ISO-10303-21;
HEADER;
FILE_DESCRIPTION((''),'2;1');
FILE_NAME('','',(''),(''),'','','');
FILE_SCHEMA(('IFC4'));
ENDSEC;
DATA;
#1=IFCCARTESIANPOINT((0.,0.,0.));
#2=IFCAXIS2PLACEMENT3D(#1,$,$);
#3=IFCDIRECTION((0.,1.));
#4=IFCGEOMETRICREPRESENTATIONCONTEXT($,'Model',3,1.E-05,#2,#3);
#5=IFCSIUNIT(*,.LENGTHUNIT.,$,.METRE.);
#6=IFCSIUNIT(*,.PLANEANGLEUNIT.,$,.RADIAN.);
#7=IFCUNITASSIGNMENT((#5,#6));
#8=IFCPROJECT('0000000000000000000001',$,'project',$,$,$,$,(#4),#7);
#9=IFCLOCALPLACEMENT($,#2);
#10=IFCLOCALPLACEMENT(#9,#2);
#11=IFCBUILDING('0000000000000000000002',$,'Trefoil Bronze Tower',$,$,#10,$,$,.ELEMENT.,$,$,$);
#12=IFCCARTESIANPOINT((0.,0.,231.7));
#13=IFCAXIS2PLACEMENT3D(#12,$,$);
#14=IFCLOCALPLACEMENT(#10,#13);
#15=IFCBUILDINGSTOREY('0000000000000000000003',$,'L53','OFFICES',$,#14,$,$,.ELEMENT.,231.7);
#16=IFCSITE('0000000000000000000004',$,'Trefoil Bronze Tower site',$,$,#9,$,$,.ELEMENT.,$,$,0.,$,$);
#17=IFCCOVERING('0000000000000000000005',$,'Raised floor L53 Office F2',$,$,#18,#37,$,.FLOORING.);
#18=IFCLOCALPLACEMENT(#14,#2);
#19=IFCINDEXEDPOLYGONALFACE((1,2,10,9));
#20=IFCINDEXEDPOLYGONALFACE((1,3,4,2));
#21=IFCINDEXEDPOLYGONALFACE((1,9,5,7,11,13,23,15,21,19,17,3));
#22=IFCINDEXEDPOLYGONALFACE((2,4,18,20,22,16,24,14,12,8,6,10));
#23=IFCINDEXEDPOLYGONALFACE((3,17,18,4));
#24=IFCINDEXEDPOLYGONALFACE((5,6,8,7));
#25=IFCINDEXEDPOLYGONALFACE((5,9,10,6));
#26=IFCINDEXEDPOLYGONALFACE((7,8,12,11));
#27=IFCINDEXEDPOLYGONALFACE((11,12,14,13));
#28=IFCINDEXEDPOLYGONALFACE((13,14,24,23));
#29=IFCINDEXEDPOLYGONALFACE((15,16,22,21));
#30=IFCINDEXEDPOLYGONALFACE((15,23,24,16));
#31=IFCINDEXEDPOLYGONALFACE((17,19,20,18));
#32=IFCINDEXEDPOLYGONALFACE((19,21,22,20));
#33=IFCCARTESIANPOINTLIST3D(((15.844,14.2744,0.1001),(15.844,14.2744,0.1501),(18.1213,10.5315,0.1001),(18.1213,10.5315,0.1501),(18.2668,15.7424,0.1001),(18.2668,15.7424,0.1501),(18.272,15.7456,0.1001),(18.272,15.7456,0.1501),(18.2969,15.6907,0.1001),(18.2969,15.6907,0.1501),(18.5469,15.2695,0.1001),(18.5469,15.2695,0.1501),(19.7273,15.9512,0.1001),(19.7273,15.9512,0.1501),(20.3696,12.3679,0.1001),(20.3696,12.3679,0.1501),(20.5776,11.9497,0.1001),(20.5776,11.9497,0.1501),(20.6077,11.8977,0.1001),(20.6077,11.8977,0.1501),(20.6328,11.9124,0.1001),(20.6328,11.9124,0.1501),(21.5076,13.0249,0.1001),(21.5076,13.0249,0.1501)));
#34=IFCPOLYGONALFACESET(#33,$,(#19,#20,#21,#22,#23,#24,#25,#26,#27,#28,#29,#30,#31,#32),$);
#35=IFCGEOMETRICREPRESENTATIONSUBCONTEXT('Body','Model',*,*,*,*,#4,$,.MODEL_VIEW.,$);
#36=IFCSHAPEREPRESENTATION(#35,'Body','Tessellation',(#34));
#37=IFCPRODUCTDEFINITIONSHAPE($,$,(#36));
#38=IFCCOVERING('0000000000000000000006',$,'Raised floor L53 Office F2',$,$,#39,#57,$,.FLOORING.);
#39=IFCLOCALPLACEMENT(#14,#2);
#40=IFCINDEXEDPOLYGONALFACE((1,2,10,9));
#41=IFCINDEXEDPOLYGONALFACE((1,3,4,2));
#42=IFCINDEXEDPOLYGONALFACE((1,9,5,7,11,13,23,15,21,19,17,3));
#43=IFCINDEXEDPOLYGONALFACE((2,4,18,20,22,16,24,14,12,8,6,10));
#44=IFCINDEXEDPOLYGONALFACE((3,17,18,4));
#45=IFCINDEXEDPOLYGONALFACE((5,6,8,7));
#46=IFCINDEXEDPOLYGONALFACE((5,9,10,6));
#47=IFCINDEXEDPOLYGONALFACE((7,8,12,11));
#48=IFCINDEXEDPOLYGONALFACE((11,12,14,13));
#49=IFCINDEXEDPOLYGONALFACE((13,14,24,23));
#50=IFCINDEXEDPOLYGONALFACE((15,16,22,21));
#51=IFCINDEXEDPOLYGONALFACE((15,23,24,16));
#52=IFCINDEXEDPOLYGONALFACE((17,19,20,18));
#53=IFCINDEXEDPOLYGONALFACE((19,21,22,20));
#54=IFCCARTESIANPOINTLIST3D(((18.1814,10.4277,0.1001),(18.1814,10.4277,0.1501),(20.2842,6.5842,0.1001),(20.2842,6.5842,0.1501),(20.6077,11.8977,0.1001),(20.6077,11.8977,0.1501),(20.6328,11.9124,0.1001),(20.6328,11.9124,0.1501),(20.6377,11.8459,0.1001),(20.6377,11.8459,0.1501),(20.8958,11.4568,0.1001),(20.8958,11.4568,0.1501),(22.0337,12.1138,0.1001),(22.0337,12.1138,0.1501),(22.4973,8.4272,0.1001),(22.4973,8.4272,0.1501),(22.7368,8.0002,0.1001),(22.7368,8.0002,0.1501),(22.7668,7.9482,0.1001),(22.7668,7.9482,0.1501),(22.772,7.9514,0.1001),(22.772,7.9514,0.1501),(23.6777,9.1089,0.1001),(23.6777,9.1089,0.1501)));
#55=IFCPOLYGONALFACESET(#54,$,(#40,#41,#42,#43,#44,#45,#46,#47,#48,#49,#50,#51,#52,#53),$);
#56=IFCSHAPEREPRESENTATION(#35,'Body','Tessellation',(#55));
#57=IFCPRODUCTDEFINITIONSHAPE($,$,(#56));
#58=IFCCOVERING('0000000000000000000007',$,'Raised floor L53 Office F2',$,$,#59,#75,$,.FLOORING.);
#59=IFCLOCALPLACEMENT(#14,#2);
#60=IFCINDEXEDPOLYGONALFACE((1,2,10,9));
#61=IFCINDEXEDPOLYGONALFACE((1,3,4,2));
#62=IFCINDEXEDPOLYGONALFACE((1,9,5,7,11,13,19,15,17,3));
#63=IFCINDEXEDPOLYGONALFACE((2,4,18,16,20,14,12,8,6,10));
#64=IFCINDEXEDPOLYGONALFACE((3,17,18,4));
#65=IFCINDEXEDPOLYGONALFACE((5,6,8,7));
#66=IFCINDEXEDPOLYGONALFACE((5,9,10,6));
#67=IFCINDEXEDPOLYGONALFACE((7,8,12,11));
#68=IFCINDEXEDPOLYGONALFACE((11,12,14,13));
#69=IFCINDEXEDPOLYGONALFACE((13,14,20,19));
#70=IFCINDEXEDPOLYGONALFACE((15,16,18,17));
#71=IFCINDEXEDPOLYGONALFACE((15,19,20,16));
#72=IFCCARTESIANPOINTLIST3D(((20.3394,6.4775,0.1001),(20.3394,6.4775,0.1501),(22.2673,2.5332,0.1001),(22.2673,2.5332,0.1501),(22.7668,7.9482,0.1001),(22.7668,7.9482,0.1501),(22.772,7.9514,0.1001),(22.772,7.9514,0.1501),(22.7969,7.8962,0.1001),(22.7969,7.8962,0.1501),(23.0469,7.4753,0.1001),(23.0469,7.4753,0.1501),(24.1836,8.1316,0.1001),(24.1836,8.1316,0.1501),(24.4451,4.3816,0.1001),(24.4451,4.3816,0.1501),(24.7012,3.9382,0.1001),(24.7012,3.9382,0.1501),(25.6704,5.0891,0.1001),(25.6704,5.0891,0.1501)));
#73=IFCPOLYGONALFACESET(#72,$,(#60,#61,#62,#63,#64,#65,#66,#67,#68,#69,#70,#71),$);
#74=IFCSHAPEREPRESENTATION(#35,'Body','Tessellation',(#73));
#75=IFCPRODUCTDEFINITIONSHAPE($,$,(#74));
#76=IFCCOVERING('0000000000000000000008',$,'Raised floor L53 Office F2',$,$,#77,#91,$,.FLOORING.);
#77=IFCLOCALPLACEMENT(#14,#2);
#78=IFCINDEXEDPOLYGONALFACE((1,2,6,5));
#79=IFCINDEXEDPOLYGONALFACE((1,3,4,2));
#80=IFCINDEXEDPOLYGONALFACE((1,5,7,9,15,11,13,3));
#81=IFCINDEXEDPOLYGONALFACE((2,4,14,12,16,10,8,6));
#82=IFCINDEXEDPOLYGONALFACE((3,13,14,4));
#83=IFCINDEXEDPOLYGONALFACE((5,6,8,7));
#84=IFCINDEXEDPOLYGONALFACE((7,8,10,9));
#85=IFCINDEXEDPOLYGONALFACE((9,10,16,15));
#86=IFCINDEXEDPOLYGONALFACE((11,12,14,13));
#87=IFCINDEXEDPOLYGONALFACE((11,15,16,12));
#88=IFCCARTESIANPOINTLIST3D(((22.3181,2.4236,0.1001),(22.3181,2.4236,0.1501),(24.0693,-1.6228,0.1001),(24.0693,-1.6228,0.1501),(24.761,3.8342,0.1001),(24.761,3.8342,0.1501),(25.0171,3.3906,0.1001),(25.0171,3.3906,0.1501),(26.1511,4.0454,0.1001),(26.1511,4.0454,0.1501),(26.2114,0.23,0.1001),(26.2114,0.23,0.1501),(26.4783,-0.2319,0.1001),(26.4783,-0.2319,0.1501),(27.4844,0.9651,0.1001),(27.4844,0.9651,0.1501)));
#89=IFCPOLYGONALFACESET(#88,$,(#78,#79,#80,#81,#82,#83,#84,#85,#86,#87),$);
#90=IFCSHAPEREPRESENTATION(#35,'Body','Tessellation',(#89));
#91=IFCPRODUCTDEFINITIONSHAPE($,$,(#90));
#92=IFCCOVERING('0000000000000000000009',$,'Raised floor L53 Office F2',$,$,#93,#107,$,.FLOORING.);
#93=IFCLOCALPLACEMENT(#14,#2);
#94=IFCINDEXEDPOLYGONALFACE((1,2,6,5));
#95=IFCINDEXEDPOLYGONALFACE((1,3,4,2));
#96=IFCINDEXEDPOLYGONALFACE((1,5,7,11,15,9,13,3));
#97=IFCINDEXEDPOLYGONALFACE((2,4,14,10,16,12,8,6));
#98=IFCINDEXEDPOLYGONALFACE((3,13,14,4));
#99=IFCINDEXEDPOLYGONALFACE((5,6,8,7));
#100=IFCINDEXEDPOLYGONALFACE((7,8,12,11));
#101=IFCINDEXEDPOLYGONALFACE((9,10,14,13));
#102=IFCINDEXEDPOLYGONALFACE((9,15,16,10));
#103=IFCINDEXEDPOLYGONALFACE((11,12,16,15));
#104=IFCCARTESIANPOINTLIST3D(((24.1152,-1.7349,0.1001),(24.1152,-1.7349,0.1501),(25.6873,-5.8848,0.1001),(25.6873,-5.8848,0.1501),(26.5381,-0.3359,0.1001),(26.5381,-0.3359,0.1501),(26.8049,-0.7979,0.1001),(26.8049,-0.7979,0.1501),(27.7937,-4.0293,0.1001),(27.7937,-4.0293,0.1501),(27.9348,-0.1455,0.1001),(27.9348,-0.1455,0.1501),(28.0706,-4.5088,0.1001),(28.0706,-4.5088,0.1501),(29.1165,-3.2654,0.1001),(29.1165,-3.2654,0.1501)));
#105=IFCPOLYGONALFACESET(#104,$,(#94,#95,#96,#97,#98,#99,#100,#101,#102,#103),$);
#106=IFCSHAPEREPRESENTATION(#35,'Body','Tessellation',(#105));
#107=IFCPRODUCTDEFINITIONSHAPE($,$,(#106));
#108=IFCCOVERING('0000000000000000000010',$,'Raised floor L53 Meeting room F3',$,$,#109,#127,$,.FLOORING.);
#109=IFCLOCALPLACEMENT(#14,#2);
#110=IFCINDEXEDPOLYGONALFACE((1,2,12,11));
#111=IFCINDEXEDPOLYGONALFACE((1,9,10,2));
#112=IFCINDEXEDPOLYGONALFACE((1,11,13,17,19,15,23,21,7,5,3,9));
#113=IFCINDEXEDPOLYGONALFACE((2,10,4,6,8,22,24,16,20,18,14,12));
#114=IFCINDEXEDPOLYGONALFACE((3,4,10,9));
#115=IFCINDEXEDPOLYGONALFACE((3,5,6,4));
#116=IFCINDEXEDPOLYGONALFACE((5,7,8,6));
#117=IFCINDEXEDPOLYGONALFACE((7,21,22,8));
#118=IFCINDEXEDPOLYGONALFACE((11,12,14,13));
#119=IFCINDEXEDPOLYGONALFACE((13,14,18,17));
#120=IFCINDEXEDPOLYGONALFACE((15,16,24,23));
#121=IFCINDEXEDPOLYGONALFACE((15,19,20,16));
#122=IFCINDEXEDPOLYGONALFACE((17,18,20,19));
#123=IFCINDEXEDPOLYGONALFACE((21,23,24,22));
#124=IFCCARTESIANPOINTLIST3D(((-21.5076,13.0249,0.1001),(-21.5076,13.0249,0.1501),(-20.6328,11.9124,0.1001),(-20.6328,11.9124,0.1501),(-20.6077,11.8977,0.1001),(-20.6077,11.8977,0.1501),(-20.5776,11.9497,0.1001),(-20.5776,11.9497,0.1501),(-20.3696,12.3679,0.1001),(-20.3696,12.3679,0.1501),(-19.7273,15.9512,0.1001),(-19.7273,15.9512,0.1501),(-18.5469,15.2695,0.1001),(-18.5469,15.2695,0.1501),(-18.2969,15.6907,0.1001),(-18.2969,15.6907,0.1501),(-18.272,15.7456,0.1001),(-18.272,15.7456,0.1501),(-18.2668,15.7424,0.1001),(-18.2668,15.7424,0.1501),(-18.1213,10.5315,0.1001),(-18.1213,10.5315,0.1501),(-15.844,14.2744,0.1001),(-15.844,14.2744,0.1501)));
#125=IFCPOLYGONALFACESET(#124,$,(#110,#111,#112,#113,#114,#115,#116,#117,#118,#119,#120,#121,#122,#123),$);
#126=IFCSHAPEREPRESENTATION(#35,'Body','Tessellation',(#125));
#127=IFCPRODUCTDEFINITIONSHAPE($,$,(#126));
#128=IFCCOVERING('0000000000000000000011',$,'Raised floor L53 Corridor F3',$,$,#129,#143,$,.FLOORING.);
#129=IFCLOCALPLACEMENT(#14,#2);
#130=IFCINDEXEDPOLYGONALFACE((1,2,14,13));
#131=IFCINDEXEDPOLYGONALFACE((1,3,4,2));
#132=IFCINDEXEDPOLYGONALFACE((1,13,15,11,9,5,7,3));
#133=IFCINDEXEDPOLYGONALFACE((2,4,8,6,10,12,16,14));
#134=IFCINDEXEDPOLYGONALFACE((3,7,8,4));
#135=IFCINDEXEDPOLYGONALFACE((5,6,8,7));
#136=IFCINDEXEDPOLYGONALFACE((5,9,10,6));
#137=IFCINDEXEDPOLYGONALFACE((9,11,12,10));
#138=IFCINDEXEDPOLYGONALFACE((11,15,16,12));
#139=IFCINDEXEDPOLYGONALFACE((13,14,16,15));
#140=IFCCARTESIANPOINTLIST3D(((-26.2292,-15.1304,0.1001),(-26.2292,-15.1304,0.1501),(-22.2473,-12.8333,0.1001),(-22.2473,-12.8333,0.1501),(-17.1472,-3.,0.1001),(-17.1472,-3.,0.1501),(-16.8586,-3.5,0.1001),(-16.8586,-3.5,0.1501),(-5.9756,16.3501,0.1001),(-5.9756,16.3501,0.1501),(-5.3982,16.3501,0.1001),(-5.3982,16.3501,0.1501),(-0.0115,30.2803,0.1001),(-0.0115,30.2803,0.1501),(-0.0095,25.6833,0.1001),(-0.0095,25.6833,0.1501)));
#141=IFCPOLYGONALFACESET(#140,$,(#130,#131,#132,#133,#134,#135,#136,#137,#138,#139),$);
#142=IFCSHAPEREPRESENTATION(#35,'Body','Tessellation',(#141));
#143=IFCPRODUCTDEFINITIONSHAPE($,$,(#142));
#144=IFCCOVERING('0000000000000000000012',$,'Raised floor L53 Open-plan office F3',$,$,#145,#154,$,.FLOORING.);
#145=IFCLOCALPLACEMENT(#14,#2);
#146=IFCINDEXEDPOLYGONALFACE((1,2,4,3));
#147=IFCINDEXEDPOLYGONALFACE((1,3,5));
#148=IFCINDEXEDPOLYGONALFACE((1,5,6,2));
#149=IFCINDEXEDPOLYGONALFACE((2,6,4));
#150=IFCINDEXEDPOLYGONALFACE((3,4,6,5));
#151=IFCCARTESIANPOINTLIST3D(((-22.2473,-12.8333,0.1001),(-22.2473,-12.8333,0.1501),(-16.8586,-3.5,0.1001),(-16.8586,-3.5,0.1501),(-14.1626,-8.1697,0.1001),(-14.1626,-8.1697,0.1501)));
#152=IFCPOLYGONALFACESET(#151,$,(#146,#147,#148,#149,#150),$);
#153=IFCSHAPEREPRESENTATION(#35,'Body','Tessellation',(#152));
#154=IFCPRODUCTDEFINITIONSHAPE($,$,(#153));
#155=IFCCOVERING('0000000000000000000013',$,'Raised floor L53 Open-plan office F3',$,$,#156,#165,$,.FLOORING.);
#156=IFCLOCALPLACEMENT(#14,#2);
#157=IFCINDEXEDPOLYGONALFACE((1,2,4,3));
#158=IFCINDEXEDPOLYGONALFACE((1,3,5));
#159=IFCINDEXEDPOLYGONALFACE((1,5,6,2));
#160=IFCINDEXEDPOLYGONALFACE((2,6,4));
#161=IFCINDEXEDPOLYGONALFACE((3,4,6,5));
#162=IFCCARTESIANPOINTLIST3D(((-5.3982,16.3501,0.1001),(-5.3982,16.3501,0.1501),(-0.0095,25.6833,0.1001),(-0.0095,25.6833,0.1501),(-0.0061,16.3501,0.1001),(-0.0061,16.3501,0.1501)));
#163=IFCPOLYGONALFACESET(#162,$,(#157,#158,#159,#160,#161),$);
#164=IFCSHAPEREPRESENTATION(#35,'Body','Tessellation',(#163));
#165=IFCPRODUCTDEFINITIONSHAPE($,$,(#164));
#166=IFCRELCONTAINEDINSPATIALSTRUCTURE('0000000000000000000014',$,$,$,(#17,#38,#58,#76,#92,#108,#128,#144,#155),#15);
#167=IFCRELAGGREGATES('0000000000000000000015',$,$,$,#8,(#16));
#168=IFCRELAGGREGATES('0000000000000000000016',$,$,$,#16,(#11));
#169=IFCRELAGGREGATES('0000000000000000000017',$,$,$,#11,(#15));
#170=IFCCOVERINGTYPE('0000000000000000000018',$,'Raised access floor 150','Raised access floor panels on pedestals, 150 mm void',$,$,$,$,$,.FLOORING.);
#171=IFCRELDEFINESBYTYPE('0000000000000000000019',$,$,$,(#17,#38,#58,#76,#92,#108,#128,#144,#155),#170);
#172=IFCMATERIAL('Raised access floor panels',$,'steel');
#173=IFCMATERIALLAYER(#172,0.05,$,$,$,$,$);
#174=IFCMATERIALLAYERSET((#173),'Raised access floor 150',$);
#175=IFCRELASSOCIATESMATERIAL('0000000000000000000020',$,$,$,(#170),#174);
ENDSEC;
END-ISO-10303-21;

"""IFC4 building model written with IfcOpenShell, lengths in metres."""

from ifc_helpers import new_model, si_unit, direction, frame, origin, place, context, subcontext, project, spatial, polyline, outline, extrude, material, layer, layer_set, type_object, element, save


model = new_model("IFC4")

# Units and contexts
model_context = context("Model", 3, precision=1e-05, world=origin(), true_north=direction((0.0, 1.0)))
body_context = subcontext(model_context, "Body", "Model", "MODEL_VIEW")
ifc_project = project(units=[si_unit("LENGTHUNIT", "METRE"), si_unit("PLANEANGLEUNIT", "RADIAN")], contexts=[model_context])

# Site, building, storey
site_placement = place(None, origin())
site = spatial("IfcSite", under=ifc_project, at=site_placement, Name="Trefoil Bronze Tower site", CompositionType="ELEMENT", RefElevation=0.0)
building_placement = place(site_placement, origin())
building = spatial("IfcBuilding", under=site, at=building_placement, Name="Trefoil Bronze Tower", CompositionType="ELEMENT")
storey_placement = place(building_placement, frame((0.0, 0.0, 231.7)))
storey = spatial("IfcBuildingStorey", under=building, at=storey_placement, Name="L53", Description="OFFICES", CompositionType="ELEMENT", Elevation=231.7)

# Coverings
ifc_material_1 = material(Name="Raised access floor panels", Category="steel")
ifc_layer_1 = layer(ifc_material_1, 0.05)
ifc_layer_set_1 = layer_set([ifc_layer_1], Name="Raised access floor 150")
covering_type_1 = type_object("IfcCoveringType", Name="Raised access floor 150", Description="Raised access floor panels on pedestals, 150 mm void", PredefinedType="FLOORING", material=ifc_layer_set_1)
covering_1_placement = place(storey_placement, frame((0.0, 0.0, 0.1001)))
element("IfcCovering", 1, at=covering_1_placement, inside=storey, type_object=covering_type_1, Name="Raised floor L53 Office F2", PredefinedType="FLOORING", context=body_context, shape_type="SweptSolid", body=[
    extrude(outline(polyline([(20.6077, 11.8977), (20.5776, 11.9497), (18.1213, 10.5315), (15.844, 14.2744), (18.2969, 15.6907), (18.2668, 15.7424), (18.272, 15.7456), (18.5469, 15.2695), (19.7273, 15.9512), (21.5076, 13.0249), (20.3696, 12.3679), (20.6328, 11.9124), (20.6077, 11.8977)])), origin(), (0.0, 0.0, 1.0), 0.05),
])
covering_2_placement = place(storey_placement, frame((0.0, 0.0, 0.1001)))
element("IfcCovering", 2, at=covering_2_placement, inside=storey, type_object=covering_type_1, Name="Raised floor L53 Office F2", PredefinedType="FLOORING", context=body_context, shape_type="SweptSolid", body=[
    extrude(outline(polyline([(22.7668, 7.9482), (22.7368, 8.0002), (20.2842, 6.5842), (18.1814, 10.4277), (20.6377, 11.8459), (20.6077, 11.8977), (20.6328, 11.9124), (20.8958, 11.4568), (22.0337, 12.1138), (23.6777, 9.1089), (22.4973, 8.4272), (22.772, 7.9514), (22.7668, 7.9482)])), origin(), (0.0, 0.0, 1.0), 0.05),
])
covering_3_placement = place(storey_placement, frame((0.0, 0.0, 0.1001)))
element("IfcCovering", 3, at=covering_3_placement, inside=storey, type_object=covering_type_1, Name="Raised floor L53 Office F2", PredefinedType="FLOORING", context=body_context, shape_type="SweptSolid", body=[
    extrude(outline(polyline([(24.7012, 3.9382), (22.2673, 2.5332), (20.3394, 6.4775), (22.7969, 7.8962), (22.7668, 7.9482), (22.772, 7.9514), (23.0469, 7.4753), (24.1836, 8.1316), (25.6704, 5.0891), (24.4451, 4.3816), (24.7012, 3.9382)])), origin(), (0.0, 0.0, 1.0), 0.05),
])
covering_4_placement = place(storey_placement, frame((0.0, 0.0, 0.1001)))
element("IfcCovering", 4, at=covering_4_placement, inside=storey, type_object=covering_type_1, Name="Raised floor L53 Office F2", PredefinedType="FLOORING", context=body_context, shape_type="SweptSolid", body=[
    extrude(outline(polyline([(26.4783, -0.2319), (24.0693, -1.6228), (22.3181, 2.4236), (24.761, 3.8342), (25.0171, 3.3906), (26.1511, 4.0454), (27.4844, 0.9651), (26.2114, 0.23), (26.4783, -0.2319)])), origin(), (0.0, 0.0, 1.0), 0.05),
])
covering_5_placement = place(storey_placement, frame((0.0, 0.0, 0.1001)))
element("IfcCovering", 5, at=covering_5_placement, inside=storey, type_object=covering_type_1, Name="Raised floor L53 Office F2", PredefinedType="FLOORING", context=body_context, shape_type="SweptSolid", body=[
    extrude(outline(polyline([(28.0706, -4.5088), (25.6873, -5.8848), (24.1152, -1.7349), (26.5381, -0.3359), (26.8049, -0.7979), (27.9348, -0.1455), (29.1165, -3.2654), (27.7937, -4.0293), (28.0706, -4.5088)])), origin(), (0.0, 0.0, 1.0), 0.05),
])
covering_6_placement = place(storey_placement, frame((0.0, 0.0, 0.1001)))
element("IfcCovering", 6, at=covering_6_placement, inside=storey, type_object=covering_type_1, Name="Raised floor L53 Meeting room F3", PredefinedType="FLOORING", context=body_context, shape_type="SweptSolid", body=[
    extrude(outline(polyline([(-18.2668, 15.7424), (-18.2969, 15.6907), (-15.844, 14.2744), (-18.1213, 10.5315), (-20.5776, 11.9497), (-20.6077, 11.8977), (-20.6328, 11.9124), (-20.3696, 12.3679), (-21.5076, 13.0249), (-19.7273, 15.9512), (-18.5469, 15.2695), (-18.272, 15.7456), (-18.2668, 15.7424)])), origin(), (0.0, 0.0, 1.0), 0.05),
])
covering_7_placement = place(storey_placement, frame((0.0, 0.0, 0.1001)))
element("IfcCovering", 7, at=covering_7_placement, inside=storey, type_object=covering_type_1, Name="Raised floor L53 Corridor F3", PredefinedType="FLOORING", context=body_context, shape_type="SweptSolid", body=[
    extrude(outline(polyline([(-26.2292, -15.1304), (-0.0115, 30.2803), (-0.0095, 25.6833), (-5.3982, 16.3501), (-5.9756, 16.3501), (-17.1472, -3.0), (-16.8586, -3.5), (-22.2473, -12.8333), (-26.2292, -15.1304)])), origin(), (0.0, 0.0, 1.0), 0.05),
])
covering_8_placement = place(storey_placement, frame((0.0, 0.0, 0.1001)))
element("IfcCovering", 8, at=covering_8_placement, inside=storey, type_object=covering_type_1, Name="Raised floor L53 Open-plan office F3", PredefinedType="FLOORING", context=body_context, shape_type="SweptSolid", body=[
    extrude(outline(polyline([(-14.1626, -8.1697), (-22.2473, -12.8333), (-16.8586, -3.5), (-14.1626, -8.1697)])), origin(), (0.0, 0.0, 1.0), 0.05),
])
covering_9_placement = place(storey_placement, frame((0.0, 0.0, 0.1001)))
element("IfcCovering", 9, at=covering_9_placement, inside=storey, type_object=covering_type_1, Name="Raised floor L53 Open-plan office F3", PredefinedType="FLOORING", context=body_context, shape_type="SweptSolid", body=[
    extrude(outline(polyline([(-0.0061, 16.3501), (-5.3982, 16.3501), (-0.0095, 25.6833), (-0.0061, 16.3501)])), origin(), (0.0, 0.0, 1.0), 0.05),
])

save(model, "model.ifc")
